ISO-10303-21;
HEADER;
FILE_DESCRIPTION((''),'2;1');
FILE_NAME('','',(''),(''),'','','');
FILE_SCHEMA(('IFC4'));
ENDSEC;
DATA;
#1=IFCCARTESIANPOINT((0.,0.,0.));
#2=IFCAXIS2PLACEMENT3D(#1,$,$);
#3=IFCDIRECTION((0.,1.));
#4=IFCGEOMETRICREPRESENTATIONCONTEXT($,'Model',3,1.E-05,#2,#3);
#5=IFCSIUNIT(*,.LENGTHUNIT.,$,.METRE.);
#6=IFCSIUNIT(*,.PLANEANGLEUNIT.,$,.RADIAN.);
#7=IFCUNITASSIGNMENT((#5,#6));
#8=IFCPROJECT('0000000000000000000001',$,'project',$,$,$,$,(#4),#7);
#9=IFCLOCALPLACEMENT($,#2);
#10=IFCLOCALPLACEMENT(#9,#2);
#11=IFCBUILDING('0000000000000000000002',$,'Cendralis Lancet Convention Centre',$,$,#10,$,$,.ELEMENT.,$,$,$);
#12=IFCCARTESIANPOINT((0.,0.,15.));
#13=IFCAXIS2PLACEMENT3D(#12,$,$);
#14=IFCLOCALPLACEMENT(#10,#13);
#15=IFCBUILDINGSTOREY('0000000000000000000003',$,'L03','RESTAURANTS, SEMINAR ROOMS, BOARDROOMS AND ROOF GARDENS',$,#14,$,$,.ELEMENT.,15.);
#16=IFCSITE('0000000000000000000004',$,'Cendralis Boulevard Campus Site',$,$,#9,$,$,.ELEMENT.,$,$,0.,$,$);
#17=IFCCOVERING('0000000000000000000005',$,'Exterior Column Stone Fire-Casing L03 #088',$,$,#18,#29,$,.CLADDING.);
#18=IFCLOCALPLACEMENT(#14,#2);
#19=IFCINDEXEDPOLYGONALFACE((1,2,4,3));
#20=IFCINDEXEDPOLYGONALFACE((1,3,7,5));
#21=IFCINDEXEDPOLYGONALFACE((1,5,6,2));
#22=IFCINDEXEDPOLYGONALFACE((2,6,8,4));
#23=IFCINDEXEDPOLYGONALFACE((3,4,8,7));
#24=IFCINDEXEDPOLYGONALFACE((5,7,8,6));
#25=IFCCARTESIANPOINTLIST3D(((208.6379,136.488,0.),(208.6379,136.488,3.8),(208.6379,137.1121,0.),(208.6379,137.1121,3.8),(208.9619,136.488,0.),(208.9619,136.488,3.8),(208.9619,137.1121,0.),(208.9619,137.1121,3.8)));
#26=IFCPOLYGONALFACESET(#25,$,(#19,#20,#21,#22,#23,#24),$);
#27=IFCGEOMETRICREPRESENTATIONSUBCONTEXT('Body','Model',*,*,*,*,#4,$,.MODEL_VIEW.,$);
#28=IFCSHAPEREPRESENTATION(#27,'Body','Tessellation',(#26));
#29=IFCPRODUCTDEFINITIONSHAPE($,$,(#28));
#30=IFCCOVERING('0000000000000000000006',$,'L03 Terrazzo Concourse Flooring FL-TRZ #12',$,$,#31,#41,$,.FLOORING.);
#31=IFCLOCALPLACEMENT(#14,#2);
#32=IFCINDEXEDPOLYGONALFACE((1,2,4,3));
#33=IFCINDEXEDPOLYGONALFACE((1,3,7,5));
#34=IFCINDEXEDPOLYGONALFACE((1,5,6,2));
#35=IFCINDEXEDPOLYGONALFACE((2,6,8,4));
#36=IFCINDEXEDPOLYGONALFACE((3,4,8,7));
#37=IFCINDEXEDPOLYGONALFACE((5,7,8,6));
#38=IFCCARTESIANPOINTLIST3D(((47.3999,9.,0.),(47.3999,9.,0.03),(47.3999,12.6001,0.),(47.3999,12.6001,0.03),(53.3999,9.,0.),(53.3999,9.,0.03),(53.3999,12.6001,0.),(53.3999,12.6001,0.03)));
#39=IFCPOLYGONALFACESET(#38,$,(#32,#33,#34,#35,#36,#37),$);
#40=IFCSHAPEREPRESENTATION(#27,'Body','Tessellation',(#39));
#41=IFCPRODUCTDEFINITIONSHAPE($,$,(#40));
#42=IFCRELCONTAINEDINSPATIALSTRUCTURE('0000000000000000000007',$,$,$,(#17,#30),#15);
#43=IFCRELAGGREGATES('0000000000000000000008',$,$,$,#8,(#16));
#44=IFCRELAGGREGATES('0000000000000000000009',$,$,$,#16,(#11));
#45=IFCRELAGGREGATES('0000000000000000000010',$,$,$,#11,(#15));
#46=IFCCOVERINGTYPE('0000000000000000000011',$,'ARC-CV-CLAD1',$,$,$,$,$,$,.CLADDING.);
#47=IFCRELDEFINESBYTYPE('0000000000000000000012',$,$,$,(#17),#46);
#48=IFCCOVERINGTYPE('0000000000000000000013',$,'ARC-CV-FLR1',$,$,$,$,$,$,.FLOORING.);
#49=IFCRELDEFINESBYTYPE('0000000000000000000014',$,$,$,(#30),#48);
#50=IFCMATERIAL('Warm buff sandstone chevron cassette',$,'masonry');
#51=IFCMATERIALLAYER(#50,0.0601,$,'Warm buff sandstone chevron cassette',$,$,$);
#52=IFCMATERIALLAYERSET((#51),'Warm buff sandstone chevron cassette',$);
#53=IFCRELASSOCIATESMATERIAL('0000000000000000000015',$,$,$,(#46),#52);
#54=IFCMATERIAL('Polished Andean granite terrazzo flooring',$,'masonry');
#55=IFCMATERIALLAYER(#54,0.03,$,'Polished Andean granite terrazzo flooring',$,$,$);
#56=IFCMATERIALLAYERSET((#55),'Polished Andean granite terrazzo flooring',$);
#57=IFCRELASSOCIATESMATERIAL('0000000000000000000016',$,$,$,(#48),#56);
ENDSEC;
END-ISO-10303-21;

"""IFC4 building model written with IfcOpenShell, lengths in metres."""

from ifc_helpers import new_model, si_unit, direction, frame, origin, place, context, subcontext, project, spatial, polyline, outline, extrude, material, layer, layer_set, type_object, element, save


model = new_model("IFC4")

# Units and contexts
model_context = context("Model", 3, precision=1e-05, world=origin(), true_north=direction((0.0, 1.0)))
body_context = subcontext(model_context, "Body", "Model", "MODEL_VIEW")
ifc_project = project(units=[si_unit("LENGTHUNIT", "METRE"), si_unit("PLANEANGLEUNIT", "RADIAN")], contexts=[model_context])

# Site, building, storey
site_placement = place(None, origin())
site = spatial("IfcSite", under=ifc_project, at=site_placement, Name="Cendralis Boulevard Campus Site", CompositionType="ELEMENT", RefElevation=0.0)
building_placement = place(site_placement, origin())
building = spatial("IfcBuilding", under=site, at=building_placement, Name="Cendralis Lancet Convention Centre", CompositionType="ELEMENT")
storey_placement = place(building_placement, frame((0.0, 0.0, 15.0)))
storey = spatial("IfcBuildingStorey", under=building, at=storey_placement, Name="L03", Description="RESTAURANTS, SEMINAR ROOMS, BOARDROOMS AND ROOF GARDENS", CompositionType="ELEMENT", Elevation=15.0)

# Coverings
ifc_material_1 = material(Name="Warm buff sandstone chevron cassette", Category="masonry")
ifc_layer_1 = layer(ifc_material_1, 0.0601, Name="Warm buff sandstone chevron cassette")
ifc_layer_set_1 = layer_set([ifc_layer_1], Name="Warm buff sandstone chevron cassette")
covering_type_1 = type_object("IfcCoveringType", Name="ARC-CV-CLAD1", PredefinedType="CLADDING", material=ifc_layer_set_1)
covering_1_placement = place(storey_placement, origin())
element("IfcCovering", 1, at=covering_1_placement, inside=storey, type_object=covering_type_1, Name="Exterior Column Stone Fire-Casing L03 #088", PredefinedType="CLADDING", context=body_context, shape_type="SweptSolid", body=[
    extrude(outline(polyline([(208.6379, 136.488), (208.9619, 136.488), (208.9619, 137.1121), (208.6379, 137.1121), (208.6379, 136.488)])), origin(), (0.0, 0.0, 1.0), 3.8),
])
ifc_material_2 = material(Name="Polished Andean granite terrazzo flooring", Category="masonry")
ifc_layer_2 = layer(ifc_material_2, 0.03, Name="Polished Andean granite terrazzo flooring")
ifc_layer_set_2 = layer_set([ifc_layer_2], Name="Polished Andean granite terrazzo flooring")
covering_type_2 = type_object("IfcCoveringType", Name="ARC-CV-FLR1", PredefinedType="FLOORING", material=ifc_layer_set_2)
covering_2_placement = place(storey_placement, origin())
element("IfcCovering", 2, at=covering_2_placement, inside=storey, type_object=covering_type_2, Name="L03 Terrazzo Concourse Flooring FL-TRZ #12", PredefinedType="FLOORING", context=body_context, shape_type="SweptSolid", body=[
    extrude(outline(polyline([(47.3999, 9.0), (53.3999, 9.0), (53.3999, 12.6001), (47.3999, 12.6001), (47.3999, 9.0)])), origin(), (0.0, 0.0, 1.0), 0.03),
])

save(model, "model.ifc")
